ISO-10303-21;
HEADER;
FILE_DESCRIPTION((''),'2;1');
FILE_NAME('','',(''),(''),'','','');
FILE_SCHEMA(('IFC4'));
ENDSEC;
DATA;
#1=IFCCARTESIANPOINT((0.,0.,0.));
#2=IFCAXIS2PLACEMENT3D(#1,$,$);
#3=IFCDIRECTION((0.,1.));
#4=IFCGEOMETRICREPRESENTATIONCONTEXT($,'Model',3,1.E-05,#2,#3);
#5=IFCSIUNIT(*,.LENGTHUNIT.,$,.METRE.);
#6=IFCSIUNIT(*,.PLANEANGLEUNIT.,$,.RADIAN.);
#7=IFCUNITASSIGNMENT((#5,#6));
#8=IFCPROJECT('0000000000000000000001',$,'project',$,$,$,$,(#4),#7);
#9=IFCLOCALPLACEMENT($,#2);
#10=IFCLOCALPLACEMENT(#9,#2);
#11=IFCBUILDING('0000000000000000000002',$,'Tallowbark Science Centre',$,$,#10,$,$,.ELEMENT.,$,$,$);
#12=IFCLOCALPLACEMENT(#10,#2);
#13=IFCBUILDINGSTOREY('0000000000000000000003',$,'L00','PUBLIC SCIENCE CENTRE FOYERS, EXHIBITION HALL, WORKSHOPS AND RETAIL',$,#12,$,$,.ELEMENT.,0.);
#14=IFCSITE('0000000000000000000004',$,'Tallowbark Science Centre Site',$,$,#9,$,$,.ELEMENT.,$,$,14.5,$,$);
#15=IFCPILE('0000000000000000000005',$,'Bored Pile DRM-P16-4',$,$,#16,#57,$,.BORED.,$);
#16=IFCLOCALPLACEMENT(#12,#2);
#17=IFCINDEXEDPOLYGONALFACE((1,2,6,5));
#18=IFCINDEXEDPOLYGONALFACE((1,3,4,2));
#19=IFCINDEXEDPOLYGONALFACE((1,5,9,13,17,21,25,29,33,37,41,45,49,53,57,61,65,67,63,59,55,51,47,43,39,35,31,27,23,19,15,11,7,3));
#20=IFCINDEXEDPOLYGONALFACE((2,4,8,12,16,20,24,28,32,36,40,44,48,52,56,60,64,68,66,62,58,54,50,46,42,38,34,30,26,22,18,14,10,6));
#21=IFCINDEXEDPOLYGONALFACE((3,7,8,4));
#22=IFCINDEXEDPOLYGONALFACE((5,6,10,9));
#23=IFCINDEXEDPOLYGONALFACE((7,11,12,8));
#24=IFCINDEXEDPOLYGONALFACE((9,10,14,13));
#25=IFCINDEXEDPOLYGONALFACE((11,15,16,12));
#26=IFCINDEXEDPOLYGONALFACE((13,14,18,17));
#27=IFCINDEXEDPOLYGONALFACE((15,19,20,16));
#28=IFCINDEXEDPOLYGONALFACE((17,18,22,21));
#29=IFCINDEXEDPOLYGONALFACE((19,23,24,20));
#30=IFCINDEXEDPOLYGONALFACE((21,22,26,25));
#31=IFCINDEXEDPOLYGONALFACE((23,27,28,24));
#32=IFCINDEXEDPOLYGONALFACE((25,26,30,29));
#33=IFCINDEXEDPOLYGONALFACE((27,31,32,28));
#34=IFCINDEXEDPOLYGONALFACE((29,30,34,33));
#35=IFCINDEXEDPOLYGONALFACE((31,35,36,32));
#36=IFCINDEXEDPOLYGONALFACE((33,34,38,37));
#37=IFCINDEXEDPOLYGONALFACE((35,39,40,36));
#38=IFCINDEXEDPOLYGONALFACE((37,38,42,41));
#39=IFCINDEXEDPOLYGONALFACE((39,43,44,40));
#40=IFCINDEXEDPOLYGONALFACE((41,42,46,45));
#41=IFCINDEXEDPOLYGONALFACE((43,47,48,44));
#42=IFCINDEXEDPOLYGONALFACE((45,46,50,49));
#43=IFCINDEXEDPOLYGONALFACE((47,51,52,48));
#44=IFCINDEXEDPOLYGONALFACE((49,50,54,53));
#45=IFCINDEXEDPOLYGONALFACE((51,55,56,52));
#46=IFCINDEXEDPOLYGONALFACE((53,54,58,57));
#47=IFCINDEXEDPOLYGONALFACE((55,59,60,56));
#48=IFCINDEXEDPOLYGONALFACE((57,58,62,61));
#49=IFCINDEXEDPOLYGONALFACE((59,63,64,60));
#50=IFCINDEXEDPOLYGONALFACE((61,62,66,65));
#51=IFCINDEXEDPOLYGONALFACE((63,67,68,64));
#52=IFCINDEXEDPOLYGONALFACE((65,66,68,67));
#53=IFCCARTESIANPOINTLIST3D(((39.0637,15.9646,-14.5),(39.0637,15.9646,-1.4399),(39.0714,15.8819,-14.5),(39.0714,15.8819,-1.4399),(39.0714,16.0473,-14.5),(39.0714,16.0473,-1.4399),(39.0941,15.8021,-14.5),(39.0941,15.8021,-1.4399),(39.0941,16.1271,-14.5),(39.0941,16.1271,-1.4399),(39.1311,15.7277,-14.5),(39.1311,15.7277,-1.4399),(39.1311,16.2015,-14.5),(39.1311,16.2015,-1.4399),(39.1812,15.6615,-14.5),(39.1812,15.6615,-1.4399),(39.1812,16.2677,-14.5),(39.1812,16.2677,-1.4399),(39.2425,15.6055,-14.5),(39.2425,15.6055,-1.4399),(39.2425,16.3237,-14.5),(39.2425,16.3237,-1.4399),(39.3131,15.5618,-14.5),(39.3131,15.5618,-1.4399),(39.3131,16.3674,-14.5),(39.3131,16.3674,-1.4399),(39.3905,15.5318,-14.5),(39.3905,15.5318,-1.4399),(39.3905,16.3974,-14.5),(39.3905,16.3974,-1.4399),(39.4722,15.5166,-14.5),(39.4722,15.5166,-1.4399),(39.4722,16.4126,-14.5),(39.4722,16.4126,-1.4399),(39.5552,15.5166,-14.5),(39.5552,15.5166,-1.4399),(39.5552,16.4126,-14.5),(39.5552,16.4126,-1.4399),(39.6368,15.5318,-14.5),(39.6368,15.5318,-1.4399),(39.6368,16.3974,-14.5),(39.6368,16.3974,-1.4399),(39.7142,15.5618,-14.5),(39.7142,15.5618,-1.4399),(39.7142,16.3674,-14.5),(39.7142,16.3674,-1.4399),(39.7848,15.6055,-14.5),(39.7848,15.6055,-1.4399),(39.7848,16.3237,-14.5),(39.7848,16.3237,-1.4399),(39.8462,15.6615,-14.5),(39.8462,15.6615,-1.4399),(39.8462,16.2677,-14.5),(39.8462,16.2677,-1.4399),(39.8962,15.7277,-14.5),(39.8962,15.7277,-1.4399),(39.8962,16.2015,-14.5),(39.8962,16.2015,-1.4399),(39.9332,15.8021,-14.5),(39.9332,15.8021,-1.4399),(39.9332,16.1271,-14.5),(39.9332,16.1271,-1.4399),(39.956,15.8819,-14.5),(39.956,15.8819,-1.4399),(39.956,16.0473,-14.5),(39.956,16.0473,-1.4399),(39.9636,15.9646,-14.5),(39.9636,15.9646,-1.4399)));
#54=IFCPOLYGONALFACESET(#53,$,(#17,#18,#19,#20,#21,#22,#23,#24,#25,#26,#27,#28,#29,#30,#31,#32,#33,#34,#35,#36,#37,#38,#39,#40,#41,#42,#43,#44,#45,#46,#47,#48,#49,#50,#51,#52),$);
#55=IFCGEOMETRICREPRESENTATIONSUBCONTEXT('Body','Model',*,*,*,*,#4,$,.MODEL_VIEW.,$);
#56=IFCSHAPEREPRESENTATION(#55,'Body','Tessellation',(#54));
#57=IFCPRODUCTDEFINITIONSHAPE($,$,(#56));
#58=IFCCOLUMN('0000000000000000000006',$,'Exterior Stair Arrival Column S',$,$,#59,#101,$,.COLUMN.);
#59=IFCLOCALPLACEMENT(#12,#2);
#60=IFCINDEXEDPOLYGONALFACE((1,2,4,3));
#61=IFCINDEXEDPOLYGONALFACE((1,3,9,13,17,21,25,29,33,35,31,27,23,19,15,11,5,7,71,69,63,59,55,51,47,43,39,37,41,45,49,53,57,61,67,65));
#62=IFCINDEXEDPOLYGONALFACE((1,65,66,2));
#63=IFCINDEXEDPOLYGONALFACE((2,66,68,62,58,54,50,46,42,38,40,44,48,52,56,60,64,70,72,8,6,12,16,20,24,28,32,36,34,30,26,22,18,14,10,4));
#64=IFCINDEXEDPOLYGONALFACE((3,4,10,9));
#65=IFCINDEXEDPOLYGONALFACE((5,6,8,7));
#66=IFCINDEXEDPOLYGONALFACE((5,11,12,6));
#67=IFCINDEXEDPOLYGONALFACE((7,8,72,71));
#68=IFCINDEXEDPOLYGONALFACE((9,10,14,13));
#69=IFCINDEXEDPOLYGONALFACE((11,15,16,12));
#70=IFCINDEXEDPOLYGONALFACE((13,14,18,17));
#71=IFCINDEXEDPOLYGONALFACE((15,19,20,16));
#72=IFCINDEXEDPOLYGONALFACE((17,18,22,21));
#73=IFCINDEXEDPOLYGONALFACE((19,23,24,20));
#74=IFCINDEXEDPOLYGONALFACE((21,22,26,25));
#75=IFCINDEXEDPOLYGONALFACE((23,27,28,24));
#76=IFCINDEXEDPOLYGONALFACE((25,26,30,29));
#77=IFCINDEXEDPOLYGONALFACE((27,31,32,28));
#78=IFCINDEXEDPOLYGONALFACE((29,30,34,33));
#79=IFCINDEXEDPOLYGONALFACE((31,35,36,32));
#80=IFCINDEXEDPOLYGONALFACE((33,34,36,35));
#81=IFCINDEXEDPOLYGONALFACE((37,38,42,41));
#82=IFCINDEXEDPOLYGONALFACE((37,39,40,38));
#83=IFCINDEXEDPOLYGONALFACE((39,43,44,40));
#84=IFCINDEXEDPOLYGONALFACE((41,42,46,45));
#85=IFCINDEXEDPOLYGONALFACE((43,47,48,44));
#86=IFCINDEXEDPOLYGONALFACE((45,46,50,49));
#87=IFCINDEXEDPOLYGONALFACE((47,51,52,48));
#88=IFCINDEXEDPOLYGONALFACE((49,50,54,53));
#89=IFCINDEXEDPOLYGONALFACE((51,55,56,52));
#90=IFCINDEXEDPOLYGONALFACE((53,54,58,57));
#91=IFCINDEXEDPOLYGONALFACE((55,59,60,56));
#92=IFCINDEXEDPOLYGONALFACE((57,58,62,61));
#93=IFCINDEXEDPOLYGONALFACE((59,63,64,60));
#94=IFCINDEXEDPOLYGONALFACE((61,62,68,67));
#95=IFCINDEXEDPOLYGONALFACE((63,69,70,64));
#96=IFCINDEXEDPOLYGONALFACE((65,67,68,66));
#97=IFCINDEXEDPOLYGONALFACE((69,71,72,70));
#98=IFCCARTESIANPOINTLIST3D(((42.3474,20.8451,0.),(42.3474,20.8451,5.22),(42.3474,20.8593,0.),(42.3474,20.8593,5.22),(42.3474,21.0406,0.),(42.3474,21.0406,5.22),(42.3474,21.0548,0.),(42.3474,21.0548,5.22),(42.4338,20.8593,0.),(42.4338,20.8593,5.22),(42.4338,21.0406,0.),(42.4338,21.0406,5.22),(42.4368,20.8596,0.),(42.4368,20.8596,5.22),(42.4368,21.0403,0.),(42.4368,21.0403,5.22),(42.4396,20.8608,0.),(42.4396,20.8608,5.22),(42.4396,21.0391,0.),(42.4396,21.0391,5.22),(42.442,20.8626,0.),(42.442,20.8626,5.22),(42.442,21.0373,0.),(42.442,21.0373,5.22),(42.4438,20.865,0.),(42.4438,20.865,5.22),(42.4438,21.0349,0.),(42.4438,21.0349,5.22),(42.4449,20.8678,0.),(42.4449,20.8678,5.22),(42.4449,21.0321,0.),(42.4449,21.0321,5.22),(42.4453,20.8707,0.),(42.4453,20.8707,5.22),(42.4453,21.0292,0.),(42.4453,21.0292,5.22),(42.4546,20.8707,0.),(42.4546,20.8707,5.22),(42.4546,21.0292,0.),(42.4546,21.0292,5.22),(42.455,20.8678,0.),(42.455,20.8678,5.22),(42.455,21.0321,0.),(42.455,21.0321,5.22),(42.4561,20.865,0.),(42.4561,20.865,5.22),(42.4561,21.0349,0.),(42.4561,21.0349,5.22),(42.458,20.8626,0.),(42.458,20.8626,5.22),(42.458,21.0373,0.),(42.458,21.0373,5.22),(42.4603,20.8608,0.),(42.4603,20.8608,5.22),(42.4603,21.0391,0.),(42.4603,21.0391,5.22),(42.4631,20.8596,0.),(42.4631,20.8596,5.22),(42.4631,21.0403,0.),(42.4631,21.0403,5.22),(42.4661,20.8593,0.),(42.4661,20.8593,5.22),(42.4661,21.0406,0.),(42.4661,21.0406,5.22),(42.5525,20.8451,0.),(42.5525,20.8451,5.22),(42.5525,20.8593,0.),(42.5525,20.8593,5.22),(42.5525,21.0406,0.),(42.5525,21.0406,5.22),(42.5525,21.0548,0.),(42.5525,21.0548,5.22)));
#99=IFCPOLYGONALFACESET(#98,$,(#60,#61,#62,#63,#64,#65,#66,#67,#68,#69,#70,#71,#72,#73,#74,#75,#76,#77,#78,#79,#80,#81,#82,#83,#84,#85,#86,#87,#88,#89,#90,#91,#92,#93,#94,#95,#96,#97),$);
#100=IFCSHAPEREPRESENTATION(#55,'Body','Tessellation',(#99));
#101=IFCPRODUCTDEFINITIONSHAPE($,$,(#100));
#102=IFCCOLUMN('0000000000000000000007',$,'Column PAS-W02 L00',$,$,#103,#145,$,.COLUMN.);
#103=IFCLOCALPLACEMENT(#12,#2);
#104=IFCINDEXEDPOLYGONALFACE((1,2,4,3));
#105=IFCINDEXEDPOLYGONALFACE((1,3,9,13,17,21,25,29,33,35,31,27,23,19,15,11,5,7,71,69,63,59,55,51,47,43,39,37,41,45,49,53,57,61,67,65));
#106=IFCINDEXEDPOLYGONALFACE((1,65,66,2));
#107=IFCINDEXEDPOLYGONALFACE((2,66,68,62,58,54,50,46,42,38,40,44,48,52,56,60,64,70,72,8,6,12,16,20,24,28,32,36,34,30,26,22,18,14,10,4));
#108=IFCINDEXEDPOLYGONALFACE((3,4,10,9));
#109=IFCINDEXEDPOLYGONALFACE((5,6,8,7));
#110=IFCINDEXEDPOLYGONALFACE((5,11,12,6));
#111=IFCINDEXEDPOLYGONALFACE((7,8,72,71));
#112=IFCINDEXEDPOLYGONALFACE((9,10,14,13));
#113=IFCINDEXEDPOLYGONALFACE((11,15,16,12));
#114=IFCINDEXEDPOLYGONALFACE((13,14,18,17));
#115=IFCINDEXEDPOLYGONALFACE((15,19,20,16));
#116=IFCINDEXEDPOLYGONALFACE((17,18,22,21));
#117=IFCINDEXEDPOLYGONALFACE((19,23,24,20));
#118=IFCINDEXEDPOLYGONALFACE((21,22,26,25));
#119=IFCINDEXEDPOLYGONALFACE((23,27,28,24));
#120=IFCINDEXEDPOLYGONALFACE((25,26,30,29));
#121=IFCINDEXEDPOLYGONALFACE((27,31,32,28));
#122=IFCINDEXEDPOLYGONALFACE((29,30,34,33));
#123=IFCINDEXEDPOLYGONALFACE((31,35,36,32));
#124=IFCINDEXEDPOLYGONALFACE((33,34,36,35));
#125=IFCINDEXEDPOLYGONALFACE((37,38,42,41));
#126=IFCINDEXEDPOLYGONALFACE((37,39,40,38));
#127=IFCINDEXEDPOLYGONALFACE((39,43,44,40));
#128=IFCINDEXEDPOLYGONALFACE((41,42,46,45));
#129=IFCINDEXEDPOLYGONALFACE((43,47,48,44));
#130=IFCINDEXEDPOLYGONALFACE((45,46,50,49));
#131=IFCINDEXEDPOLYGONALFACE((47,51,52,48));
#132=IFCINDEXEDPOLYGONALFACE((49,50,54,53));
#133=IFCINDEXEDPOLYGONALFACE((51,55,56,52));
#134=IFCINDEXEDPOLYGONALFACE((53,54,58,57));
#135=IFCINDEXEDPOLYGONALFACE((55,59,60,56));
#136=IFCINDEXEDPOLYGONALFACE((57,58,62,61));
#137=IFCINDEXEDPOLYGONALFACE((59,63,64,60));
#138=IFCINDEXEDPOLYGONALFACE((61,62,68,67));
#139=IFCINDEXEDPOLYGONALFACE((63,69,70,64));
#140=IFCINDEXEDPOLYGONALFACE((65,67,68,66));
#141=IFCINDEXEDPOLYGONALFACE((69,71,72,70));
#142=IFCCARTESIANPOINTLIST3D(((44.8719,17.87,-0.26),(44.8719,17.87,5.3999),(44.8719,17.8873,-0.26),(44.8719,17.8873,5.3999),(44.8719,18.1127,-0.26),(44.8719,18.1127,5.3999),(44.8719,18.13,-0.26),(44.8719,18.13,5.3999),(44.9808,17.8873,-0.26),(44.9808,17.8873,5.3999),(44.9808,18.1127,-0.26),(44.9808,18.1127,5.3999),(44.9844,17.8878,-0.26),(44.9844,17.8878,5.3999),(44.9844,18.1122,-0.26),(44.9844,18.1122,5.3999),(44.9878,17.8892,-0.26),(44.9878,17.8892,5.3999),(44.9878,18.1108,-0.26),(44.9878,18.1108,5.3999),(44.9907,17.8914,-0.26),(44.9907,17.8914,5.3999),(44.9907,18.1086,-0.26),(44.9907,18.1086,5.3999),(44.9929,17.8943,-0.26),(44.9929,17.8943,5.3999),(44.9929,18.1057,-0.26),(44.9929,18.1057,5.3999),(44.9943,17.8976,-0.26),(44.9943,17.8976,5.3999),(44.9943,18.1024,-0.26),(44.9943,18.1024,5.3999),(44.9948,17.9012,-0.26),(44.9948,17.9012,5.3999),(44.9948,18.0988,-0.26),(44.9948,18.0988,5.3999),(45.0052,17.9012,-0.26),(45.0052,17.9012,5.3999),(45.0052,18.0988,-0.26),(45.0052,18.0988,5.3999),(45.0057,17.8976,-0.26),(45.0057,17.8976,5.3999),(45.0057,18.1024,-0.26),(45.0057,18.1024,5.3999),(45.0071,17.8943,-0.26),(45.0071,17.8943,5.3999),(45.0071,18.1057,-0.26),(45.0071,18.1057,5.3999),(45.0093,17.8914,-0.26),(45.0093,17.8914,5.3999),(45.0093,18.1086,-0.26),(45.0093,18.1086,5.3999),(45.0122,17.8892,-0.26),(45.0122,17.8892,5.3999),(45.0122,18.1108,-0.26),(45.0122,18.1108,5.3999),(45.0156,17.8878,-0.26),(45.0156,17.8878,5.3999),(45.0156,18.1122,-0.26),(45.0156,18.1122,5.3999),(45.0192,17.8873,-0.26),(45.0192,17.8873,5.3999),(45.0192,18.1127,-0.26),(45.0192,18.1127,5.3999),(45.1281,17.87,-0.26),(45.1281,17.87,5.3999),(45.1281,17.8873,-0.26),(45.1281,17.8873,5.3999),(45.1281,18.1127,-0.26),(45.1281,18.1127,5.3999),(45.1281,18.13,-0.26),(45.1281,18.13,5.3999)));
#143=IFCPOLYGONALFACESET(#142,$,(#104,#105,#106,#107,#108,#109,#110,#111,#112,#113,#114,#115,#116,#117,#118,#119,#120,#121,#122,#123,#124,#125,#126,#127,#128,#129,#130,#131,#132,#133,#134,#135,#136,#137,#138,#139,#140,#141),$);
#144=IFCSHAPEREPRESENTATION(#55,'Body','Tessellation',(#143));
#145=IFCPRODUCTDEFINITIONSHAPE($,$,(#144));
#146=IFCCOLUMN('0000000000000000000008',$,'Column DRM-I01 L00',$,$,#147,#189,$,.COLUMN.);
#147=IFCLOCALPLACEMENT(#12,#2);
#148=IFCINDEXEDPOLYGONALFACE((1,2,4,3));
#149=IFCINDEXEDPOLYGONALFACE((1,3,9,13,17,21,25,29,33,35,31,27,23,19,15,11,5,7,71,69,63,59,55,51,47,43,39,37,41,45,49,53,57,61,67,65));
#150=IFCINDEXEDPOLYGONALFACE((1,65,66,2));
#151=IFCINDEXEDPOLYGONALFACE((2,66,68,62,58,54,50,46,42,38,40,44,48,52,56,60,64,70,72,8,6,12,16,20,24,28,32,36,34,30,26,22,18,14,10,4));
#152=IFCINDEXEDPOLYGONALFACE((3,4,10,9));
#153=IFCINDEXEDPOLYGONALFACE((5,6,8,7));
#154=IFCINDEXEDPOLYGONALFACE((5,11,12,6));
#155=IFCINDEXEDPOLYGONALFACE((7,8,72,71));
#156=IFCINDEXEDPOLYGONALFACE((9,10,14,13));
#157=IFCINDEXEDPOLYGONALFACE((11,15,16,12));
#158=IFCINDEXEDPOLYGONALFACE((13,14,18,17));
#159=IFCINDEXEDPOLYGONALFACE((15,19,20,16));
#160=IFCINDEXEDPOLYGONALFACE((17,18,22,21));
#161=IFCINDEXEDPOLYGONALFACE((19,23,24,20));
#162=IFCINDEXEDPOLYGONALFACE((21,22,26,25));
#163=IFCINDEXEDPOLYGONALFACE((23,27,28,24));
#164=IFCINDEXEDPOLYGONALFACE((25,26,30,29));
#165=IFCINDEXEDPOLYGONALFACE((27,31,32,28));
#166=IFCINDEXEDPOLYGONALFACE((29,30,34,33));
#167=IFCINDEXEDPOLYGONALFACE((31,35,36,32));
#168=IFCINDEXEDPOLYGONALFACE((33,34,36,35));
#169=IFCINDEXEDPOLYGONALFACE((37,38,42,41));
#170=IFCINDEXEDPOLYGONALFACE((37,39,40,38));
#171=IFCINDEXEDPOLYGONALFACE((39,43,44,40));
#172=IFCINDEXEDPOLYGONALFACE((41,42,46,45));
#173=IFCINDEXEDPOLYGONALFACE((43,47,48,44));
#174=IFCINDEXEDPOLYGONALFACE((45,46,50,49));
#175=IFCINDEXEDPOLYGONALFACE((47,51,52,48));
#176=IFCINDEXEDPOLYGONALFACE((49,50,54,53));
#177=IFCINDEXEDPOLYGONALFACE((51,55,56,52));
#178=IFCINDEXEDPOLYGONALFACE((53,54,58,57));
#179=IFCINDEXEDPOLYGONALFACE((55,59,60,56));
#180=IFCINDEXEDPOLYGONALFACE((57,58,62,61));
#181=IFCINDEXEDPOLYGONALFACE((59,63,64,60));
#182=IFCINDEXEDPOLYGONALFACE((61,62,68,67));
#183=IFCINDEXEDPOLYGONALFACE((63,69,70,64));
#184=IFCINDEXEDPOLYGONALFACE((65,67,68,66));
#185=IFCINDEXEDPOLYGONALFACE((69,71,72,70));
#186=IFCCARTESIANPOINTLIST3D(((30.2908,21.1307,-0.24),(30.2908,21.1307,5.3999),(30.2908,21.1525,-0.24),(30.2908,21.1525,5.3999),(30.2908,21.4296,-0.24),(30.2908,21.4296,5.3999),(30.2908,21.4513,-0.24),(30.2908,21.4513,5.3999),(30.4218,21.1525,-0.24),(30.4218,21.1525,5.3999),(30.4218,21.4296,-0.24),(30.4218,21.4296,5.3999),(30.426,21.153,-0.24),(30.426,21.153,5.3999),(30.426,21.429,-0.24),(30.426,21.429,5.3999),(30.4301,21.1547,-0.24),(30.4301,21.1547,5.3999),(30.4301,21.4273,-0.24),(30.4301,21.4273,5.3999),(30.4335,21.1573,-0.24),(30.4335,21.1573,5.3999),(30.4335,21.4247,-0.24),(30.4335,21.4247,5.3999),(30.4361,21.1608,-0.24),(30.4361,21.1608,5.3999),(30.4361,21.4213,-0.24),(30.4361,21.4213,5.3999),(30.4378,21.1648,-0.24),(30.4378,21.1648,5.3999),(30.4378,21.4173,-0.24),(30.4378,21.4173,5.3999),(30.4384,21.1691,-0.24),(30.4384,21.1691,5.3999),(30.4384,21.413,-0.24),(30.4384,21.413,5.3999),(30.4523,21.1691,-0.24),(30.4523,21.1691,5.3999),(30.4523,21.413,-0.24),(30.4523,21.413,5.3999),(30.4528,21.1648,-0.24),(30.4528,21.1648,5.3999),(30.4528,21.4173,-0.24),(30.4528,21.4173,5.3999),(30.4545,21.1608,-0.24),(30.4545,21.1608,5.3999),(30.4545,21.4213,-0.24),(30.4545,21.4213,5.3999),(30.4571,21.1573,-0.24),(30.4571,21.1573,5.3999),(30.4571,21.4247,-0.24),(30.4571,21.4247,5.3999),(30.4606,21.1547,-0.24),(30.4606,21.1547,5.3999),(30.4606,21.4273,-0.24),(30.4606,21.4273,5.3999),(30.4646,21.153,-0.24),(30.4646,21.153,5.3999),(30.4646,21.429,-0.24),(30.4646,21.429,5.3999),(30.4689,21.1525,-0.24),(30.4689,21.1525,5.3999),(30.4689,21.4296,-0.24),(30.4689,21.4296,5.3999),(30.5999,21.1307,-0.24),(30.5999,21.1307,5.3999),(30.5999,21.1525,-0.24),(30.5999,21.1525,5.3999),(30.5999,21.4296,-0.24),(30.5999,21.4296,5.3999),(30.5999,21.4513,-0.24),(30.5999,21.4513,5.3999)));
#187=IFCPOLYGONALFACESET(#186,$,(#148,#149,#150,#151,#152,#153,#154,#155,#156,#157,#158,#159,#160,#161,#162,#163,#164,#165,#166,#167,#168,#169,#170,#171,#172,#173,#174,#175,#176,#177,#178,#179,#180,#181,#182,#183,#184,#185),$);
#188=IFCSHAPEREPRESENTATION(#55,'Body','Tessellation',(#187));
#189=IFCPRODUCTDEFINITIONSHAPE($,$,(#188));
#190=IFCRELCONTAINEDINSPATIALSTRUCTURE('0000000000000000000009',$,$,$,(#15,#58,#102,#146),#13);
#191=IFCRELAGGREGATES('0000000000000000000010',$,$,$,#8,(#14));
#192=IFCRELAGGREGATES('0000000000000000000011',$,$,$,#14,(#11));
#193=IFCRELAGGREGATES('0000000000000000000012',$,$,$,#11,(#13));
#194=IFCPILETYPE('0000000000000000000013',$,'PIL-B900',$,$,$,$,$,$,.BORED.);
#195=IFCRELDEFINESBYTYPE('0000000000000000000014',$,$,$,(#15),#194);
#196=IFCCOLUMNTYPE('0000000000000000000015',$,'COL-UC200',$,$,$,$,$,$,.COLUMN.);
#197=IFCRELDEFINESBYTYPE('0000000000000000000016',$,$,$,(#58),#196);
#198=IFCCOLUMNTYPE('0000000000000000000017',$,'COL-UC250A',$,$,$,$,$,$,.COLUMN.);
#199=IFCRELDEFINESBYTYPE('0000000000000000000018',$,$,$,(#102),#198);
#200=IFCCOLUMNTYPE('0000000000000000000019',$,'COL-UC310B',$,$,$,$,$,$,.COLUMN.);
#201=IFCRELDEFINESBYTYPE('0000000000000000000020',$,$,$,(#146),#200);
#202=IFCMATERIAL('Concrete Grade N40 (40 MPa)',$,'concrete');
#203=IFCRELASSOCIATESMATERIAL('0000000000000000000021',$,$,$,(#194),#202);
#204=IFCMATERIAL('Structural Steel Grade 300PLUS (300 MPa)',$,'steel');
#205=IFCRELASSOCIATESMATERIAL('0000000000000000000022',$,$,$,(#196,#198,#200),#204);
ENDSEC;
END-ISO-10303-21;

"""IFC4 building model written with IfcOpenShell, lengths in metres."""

from ifc_helpers import new_model, si_unit, direction, frame, origin, origin_2d, place, context, subcontext, project, spatial, circle, i_section, extrude, material, material_profile, profile_set, type_object, element, save


model = new_model("IFC4")

# Units and contexts
model_context = context("Model", 3, precision=1e-05, world=origin(), true_north=direction((0.0, 1.0)))
body_context = subcontext(model_context, "Body", "Model", "MODEL_VIEW")
ifc_project = project(units=[si_unit("LENGTHUNIT", "METRE"), si_unit("PLANEANGLEUNIT", "RADIAN")], contexts=[model_context])

# Site, building, storey
site_placement = place(None, origin())
site = spatial("IfcSite", under=ifc_project, at=site_placement, Name="Tallowbark Science Centre Site", CompositionType="ELEMENT", RefElevation=14.5)
building_placement = place(site_placement, origin())
building = spatial("IfcBuilding", under=site, at=building_placement, Name="Tallowbark Science Centre", CompositionType="ELEMENT")
storey_placement = place(building_placement, origin())
storey = spatial("IfcBuildingStorey", under=building, at=storey_placement, Name="L00", Description="PUBLIC SCIENCE CENTRE FOYERS, EXHIBITION HALL, WORKSHOPS AND RETAIL", CompositionType="ELEMENT", Elevation=0.0)

# Shared definitions
ifc_material_1 = material(Name="Concrete Grade N40 (40 MPa)", Category="concrete")

# Pile
ifc_material_profile_1 = material_profile(ifc_material_1, circle(Radius=0.45, at=origin_2d()), Name="PILE900")
ifc_profile_set_1 = profile_set([ifc_material_profile_1], Name="Concrete Grade N40 (40 MPa)")
pile_type_1 = type_object("IfcPileType", Name="PIL-B900", PredefinedType="BORED", material=ifc_profile_set_1)
for number, where, z_axis, x_axis, name in (
    (1, (39.5137, 15.9646, -1.4399), (0.0, 0.0, -1.0), (1.0, 0.0, 0.0), "Bored Pile DRM-P16-4"),
):
    element("IfcPile", number, at=place(storey_placement, frame(where, z_axis=z_axis, x_axis=x_axis)), inside=storey, type_object=pile_type_1, Name=name, PredefinedType="BORED", context=body_context, shape_type="SweptSolid", body=[
        extrude(circle(Radius=0.45, at=origin_2d()), origin(), (0.0, 0.0, 1.0), 13.0601),
    ])

# Columns
ifc_material_2 = material(Name="Structural Steel Grade 300PLUS (300 MPa)", Category="steel")
ifc_material_profile_2 = material_profile(ifc_material_2, i_section(OverallWidth=0.2051, OverallDepth=0.2097, WebThickness=0.0093, FlangeThickness=0.0142, FilletRadius=0.0115, at=origin_2d()), Name="200UC59.5")
ifc_profile_set_2 = profile_set([ifc_material_profile_2], Name="Structural Steel Grade 300PLUS (300 MPa)")
column_type_1 = type_object("IfcColumnType", Name="COL-UC200", PredefinedType="COLUMN", material=ifc_profile_set_2)
column_1_placement = place(storey_placement, frame((42.45, 20.95, 0.0), z_axis=(0.0, 0.0, 1.0), x_axis=(1.0, 0.0, 0.0)))
element("IfcColumn", 2, at=column_1_placement, inside=storey, type_object=column_type_1, Name="Exterior Stair Arrival Column S", PredefinedType="COLUMN", context=body_context, shape_type="SweptSolid", body=[
    extrude(i_section(OverallWidth=0.2051, OverallDepth=0.2097, WebThickness=0.0093, FlangeThickness=0.0142, FilletRadius=0.0115, at=origin_2d()), origin(), (0.0, 0.0, 1.0), 5.22),
])
ifc_material_profile_3 = material_profile(ifc_material_2, i_section(OverallWidth=0.2561, OverallDepth=0.26, WebThickness=0.0105, FlangeThickness=0.0173, FilletRadius=0.0139, at=origin_2d()), Name="250UC89.5")
ifc_profile_set_3 = profile_set([ifc_material_profile_3], Name="Structural Steel Grade 300PLUS (300 MPa)")
column_type_2 = type_object("IfcColumnType", Name="COL-UC250A", PredefinedType="COLUMN", material=ifc_profile_set_3)
column_2_placement = place(storey_placement, frame((45.0, 18.0, -0.26), z_axis=(0.0, 0.0, 1.0), x_axis=(1.0, 0.0, 0.0)))
element("IfcColumn", 3, at=column_2_placement, inside=storey, type_object=column_type_2, Name="Column PAS-W02 L00", PredefinedType="COLUMN", context=body_context, shape_type="SweptSolid", body=[
    extrude(i_section(OverallWidth=0.2561, OverallDepth=0.26, WebThickness=0.0105, FlangeThickness=0.0173, FilletRadius=0.0139, at=origin_2d()), origin(), (0.0, 0.0, 1.0), 5.6599),
])
ifc_material_profile_4 = material_profile(ifc_material_2, i_section(OverallWidth=0.3091, OverallDepth=0.3206, WebThickness=0.0139, FlangeThickness=0.0217, FilletRadius=0.0166, at=origin_2d()), Name="310UC137")
ifc_profile_set_4 = profile_set([ifc_material_profile_4], Name="Structural Steel Grade 300PLUS (300 MPa)")
column_type_3 = type_object("IfcColumnType", Name="COL-UC310B", PredefinedType="COLUMN", material=ifc_profile_set_4)
column_3_placement = place(storey_placement, frame((30.4453, 21.291, -0.24), z_axis=(0.0, 0.0, 1.0), x_axis=(1.0, 0.0, 0.0)))
element("IfcColumn", 4, at=column_3_placement, inside=storey, type_object=column_type_3, Name="Column DRM-I01 L00", PredefinedType="COLUMN", context=body_context, shape_type="SweptSolid", body=[
    extrude(i_section(OverallWidth=0.3091, OverallDepth=0.3206, WebThickness=0.0139, FlangeThickness=0.0217, FilletRadius=0.0166, at=origin_2d()), origin(), (0.0, 0.0, 1.0), 5.6399),
])

save(model, "model.ifc")
